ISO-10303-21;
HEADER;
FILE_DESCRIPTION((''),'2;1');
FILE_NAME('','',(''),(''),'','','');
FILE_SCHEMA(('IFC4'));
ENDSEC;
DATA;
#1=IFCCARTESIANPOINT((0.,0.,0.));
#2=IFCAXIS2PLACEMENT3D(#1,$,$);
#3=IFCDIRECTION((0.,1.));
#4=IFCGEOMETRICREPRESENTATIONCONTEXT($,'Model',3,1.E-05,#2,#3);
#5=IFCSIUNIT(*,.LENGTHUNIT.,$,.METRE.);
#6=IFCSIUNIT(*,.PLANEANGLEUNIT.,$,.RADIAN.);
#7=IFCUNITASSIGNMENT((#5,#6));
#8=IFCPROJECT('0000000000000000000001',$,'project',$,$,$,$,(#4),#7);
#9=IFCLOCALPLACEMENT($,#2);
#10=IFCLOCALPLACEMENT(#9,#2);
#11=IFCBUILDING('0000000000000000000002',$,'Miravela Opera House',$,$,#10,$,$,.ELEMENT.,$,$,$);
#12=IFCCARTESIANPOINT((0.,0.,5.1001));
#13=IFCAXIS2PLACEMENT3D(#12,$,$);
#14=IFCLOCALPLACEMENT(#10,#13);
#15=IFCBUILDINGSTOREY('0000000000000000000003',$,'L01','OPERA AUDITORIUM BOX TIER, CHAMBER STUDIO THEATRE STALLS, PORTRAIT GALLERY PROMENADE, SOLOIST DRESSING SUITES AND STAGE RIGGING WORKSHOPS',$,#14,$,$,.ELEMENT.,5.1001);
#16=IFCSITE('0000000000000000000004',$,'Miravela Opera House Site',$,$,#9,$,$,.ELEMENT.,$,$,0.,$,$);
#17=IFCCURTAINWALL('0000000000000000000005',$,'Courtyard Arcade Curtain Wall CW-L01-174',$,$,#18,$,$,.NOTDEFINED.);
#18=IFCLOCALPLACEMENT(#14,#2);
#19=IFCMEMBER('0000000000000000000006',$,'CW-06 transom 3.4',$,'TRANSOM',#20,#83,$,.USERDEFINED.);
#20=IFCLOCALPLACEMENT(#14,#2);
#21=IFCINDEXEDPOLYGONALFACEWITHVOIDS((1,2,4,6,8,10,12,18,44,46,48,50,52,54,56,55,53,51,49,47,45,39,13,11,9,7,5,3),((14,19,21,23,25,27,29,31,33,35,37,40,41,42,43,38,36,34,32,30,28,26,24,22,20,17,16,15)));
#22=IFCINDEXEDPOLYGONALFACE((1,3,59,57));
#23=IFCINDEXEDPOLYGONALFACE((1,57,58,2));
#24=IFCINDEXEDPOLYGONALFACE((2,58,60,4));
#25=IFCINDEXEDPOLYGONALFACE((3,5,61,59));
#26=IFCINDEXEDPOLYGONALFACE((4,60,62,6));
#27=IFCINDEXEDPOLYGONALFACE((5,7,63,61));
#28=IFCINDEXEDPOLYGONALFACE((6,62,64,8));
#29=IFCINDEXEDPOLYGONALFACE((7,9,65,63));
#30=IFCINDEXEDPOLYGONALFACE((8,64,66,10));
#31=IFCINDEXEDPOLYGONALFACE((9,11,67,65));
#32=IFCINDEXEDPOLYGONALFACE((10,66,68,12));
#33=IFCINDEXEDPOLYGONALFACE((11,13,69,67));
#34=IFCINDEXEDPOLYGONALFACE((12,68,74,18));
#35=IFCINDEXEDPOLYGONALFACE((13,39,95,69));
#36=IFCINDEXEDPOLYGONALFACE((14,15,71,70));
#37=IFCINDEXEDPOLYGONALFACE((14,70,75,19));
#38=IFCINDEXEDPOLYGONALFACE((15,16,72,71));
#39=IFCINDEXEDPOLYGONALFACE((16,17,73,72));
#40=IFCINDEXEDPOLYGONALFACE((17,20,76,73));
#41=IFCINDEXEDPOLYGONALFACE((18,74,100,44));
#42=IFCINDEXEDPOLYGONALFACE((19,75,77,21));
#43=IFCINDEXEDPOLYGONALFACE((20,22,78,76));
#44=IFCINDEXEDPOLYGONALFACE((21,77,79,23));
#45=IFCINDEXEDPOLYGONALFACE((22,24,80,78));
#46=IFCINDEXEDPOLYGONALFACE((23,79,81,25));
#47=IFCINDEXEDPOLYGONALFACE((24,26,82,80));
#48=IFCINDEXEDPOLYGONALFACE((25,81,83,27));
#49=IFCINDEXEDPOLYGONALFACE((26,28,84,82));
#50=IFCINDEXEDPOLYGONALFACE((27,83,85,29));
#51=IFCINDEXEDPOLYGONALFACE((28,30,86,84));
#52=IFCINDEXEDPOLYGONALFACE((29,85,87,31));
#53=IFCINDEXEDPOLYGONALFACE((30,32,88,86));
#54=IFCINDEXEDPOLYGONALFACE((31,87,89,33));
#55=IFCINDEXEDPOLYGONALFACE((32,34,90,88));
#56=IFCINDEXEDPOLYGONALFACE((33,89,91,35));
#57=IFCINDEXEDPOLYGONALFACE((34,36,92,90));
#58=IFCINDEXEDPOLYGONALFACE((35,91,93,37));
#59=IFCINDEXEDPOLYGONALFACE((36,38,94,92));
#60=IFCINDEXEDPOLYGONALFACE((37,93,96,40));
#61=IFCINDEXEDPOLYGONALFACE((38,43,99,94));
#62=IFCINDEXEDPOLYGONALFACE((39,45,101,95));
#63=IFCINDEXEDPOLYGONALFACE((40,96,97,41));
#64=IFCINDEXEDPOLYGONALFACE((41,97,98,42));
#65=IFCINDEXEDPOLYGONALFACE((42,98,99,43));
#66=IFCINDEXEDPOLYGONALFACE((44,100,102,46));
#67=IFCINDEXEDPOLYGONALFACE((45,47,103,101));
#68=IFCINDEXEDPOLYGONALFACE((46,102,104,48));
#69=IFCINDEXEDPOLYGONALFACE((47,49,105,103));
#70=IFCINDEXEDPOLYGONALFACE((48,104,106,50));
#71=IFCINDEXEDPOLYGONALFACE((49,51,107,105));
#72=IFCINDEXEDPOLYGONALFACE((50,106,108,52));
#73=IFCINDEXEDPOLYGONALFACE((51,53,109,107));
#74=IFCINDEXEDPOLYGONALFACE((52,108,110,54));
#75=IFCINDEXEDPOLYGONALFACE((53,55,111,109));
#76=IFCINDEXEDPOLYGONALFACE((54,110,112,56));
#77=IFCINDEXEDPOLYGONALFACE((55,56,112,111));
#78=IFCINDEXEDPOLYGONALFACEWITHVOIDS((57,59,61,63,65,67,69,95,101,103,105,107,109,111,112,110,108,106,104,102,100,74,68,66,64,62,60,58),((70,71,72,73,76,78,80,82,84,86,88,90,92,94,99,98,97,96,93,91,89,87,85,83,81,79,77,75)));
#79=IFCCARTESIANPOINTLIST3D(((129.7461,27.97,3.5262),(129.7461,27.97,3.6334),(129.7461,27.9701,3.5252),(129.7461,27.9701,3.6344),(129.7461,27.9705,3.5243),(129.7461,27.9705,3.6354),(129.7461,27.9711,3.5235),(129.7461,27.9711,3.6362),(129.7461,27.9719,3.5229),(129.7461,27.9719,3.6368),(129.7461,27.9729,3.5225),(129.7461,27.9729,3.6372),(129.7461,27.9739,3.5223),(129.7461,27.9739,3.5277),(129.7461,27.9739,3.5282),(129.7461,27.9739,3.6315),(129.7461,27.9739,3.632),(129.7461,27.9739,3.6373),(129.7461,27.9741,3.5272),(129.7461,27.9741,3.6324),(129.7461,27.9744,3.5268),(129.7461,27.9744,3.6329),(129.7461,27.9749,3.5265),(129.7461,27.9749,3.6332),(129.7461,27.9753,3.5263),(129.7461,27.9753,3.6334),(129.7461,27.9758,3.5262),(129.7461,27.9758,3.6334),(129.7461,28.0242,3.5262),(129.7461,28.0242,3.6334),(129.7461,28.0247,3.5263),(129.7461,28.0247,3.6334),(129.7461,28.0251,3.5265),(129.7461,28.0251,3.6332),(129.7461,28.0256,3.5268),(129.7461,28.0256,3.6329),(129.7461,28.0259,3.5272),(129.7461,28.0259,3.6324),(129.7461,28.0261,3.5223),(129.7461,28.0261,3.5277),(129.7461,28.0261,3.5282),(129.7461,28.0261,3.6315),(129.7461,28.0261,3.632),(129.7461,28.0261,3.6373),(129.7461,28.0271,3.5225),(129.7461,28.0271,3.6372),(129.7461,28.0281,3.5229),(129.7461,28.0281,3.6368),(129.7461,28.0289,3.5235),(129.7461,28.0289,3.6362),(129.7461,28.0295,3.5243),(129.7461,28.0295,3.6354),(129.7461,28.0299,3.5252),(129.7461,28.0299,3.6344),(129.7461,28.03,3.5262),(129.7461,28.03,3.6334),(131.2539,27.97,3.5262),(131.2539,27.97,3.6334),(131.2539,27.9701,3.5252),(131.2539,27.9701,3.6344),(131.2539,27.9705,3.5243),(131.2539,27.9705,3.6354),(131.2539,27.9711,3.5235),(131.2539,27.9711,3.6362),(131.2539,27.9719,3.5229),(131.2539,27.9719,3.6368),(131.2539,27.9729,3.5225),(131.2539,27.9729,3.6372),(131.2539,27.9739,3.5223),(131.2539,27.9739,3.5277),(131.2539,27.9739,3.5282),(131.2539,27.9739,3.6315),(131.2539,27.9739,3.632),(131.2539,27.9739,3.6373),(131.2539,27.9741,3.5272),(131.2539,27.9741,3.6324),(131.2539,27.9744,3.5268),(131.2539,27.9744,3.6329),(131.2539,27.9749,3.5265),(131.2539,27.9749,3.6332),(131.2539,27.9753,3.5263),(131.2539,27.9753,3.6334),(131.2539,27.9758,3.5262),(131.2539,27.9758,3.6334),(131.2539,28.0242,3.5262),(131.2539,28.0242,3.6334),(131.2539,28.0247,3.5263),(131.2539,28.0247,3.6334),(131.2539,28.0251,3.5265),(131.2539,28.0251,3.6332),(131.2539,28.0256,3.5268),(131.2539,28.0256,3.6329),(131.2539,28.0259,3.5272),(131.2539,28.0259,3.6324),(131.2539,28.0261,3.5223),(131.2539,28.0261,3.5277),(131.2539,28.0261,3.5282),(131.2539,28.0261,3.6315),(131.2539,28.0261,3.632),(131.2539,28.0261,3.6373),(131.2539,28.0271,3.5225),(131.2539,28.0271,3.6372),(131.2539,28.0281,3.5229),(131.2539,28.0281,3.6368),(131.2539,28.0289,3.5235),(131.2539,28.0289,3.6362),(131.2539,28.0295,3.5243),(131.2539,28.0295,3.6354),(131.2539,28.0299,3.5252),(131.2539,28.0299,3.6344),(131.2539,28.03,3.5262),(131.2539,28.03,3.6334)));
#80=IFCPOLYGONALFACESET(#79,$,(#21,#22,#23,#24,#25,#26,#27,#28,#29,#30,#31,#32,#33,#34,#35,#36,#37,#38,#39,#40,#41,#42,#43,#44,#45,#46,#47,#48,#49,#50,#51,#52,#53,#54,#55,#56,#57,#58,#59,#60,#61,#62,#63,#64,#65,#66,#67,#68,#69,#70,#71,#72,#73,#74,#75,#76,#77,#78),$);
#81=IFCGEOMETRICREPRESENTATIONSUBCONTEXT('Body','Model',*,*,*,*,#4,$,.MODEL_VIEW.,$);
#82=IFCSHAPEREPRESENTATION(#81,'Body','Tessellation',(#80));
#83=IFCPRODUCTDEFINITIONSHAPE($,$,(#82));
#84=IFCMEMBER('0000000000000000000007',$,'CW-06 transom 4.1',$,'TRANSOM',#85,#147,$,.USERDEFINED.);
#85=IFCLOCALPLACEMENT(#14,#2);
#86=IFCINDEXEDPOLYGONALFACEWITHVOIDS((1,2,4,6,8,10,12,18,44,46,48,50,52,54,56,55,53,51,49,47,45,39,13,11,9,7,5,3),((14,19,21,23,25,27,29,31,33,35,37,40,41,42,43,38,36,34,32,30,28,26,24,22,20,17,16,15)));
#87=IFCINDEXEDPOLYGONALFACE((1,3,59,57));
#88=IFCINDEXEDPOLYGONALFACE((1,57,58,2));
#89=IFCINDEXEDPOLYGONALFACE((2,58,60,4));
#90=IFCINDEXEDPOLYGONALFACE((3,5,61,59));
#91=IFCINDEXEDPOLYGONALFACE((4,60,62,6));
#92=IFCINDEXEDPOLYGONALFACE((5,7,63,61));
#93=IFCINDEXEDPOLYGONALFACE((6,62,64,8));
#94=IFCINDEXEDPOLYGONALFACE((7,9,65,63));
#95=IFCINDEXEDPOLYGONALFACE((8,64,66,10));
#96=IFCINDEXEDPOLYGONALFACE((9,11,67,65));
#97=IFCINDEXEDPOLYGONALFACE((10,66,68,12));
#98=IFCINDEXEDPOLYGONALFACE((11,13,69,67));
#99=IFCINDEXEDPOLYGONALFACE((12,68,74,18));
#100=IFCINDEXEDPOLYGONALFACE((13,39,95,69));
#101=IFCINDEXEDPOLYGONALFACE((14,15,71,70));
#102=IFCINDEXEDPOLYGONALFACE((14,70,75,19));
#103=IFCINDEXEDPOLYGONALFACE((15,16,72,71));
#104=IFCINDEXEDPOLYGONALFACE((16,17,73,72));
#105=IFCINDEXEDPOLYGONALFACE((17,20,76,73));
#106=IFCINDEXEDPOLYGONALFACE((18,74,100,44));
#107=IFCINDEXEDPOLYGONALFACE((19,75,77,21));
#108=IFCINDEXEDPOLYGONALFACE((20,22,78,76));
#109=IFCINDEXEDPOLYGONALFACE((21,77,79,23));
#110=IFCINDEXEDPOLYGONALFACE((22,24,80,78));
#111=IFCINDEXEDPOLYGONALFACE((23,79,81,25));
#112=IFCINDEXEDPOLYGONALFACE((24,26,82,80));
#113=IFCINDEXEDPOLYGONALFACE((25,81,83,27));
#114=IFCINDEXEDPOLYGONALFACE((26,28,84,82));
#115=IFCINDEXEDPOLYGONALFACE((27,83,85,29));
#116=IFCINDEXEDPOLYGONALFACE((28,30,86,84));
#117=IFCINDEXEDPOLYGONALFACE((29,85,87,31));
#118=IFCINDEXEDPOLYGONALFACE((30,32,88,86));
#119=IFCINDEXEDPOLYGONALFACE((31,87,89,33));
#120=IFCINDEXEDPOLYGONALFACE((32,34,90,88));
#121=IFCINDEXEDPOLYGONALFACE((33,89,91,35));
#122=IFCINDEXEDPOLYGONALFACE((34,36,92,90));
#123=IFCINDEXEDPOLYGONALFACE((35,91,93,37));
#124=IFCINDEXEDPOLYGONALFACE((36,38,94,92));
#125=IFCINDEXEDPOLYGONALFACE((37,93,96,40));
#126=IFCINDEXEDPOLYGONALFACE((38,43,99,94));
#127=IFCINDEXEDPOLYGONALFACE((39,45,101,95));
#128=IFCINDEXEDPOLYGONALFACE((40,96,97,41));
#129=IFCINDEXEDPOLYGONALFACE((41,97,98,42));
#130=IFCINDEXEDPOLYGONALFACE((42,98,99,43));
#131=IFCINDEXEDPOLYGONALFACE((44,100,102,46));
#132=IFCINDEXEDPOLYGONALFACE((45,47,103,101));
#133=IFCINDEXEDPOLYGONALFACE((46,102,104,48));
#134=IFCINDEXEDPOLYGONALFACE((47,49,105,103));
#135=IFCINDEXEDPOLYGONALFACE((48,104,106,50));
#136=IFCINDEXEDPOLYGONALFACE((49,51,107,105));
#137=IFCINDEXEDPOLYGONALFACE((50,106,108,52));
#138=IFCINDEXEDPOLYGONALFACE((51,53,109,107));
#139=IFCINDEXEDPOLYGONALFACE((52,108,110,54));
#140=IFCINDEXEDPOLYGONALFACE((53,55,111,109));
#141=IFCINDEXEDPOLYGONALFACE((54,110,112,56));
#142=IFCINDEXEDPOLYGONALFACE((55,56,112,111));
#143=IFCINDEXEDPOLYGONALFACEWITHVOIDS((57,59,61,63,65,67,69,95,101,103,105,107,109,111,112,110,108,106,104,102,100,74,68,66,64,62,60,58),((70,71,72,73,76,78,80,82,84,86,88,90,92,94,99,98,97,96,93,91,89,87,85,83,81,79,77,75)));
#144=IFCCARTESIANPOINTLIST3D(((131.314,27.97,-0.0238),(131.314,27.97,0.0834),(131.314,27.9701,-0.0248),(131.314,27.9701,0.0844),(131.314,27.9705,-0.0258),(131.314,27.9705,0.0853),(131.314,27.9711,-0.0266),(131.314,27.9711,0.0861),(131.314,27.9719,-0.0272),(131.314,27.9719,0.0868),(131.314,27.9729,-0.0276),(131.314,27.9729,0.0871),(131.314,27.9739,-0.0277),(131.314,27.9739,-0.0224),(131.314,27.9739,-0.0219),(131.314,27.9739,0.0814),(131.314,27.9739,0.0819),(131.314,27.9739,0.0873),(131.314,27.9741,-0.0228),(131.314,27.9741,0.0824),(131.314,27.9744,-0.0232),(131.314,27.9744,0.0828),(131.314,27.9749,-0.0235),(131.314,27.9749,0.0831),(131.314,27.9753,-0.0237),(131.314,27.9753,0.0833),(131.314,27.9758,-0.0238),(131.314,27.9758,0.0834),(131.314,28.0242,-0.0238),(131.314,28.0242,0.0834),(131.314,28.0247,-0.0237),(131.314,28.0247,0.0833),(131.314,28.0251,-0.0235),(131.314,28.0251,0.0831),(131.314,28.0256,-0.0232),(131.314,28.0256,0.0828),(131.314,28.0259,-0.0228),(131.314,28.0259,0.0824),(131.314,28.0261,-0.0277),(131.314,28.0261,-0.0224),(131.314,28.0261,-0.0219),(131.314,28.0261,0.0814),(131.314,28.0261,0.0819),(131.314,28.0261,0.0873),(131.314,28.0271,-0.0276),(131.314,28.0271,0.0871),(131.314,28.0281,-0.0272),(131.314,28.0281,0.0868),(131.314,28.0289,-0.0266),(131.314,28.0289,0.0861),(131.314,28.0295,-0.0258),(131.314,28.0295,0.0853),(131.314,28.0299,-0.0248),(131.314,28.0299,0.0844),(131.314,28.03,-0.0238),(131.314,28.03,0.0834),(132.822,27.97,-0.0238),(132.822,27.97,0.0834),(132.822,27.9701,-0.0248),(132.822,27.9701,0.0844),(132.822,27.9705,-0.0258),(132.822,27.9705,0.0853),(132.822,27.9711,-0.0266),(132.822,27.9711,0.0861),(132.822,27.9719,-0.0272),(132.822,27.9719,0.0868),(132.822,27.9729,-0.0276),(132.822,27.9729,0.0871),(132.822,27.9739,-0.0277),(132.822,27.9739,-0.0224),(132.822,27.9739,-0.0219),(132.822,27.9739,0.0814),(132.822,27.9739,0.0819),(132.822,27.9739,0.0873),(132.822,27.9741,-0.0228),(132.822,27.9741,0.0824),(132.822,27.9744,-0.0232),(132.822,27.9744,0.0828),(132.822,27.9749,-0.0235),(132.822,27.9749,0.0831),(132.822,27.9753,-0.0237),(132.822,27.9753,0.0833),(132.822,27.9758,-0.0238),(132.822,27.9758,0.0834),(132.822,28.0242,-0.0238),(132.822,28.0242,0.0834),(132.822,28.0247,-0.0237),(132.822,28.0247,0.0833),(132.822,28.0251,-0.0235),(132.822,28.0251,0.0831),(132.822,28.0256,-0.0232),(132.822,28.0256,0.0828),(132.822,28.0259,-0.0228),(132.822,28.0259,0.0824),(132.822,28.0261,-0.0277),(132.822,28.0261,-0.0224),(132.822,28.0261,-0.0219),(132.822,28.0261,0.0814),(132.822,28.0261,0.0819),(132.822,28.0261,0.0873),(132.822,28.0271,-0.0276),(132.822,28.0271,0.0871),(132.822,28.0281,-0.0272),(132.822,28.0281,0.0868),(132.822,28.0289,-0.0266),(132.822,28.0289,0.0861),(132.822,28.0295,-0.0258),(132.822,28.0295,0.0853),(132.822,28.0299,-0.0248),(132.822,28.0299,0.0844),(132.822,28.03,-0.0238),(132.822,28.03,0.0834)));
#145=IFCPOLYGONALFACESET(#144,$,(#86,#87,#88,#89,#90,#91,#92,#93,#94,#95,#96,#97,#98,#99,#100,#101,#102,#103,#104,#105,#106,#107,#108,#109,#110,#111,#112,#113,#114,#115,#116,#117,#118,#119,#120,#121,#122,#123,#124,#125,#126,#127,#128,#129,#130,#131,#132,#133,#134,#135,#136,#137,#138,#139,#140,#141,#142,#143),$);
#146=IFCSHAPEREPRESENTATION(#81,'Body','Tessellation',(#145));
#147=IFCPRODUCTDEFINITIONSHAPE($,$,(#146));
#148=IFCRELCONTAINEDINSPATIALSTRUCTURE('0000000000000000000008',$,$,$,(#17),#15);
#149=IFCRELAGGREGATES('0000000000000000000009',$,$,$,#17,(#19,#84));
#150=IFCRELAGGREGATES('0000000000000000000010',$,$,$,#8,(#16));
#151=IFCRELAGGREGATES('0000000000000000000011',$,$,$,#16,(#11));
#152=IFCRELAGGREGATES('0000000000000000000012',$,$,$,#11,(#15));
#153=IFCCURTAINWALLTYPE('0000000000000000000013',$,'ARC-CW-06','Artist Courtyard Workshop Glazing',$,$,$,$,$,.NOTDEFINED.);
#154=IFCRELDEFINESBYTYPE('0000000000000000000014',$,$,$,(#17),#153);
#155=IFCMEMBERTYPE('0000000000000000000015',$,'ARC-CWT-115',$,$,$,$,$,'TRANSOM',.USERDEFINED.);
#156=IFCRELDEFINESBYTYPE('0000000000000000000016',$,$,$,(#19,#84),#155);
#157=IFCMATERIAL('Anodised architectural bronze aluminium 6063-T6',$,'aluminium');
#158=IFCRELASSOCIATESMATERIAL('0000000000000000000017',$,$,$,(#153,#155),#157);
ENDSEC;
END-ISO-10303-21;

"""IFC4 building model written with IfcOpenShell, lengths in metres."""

from ifc_helpers import new_model, si_unit, direction, frame, origin, origin_2d, place, context, subcontext, project, spatial, hollow_rectangle, extrude, material, material_profile, profile_set, type_object, element, aggregate, save


model = new_model("IFC4")

# Units and contexts
model_context = context("Model", 3, precision=1e-05, world=origin(), true_north=direction((0.0, 1.0)))
body_context = subcontext(model_context, "Body", "Model", "MODEL_VIEW")
ifc_project = project(units=[si_unit("LENGTHUNIT", "METRE"), si_unit("PLANEANGLEUNIT", "RADIAN")], contexts=[model_context])

# Site, building, storey
site_placement = place(None, origin())
site = spatial("IfcSite", under=ifc_project, at=site_placement, Name="Miravela Opera House Site", CompositionType="ELEMENT", RefElevation=0.0)
building_placement = place(site_placement, origin())
building = spatial("IfcBuilding", under=site, at=building_placement, Name="Miravela Opera House", CompositionType="ELEMENT")
storey_placement = place(building_placement, frame((0.0, 0.0, 5.1001)))
storey = spatial("IfcBuildingStorey", under=building, at=storey_placement, Name="L01", Description="OPERA AUDITORIUM BOX TIER, CHAMBER STUDIO THEATRE STALLS, PORTRAIT GALLERY PROMENADE, SOLOIST DRESSING SUITES AND STAGE RIGGING WORKSHOPS", CompositionType="ELEMENT", Elevation=5.1001)

# Curtain wall, members
ifc_material_1 = material(Name="Anodised architectural bronze aluminium 6063-T6", Category="aluminium")
curtain_wall_type = type_object("IfcCurtainWallType", Name="ARC-CW-06", Description="Artist Courtyard Workshop Glazing", PredefinedType="NOTDEFINED", material=ifc_material_1)
curtain_wall_placement = place(storey_placement, origin())
curtain_wall = element("IfcCurtainWall", 1, at=curtain_wall_placement, inside=storey, type_object=curtain_wall_type, Name="Courtyard Arcade Curtain Wall CW-L01-174", PredefinedType="NOTDEFINED")
ifc_material_profile_1 = material_profile(ifc_material_1, hollow_rectangle(XDim=0.0601, YDim=0.115, WallThickness=0.0039, InnerFilletRadius=0.002, OuterFilletRadius=0.0039, at=origin_2d()), Name="CWT-60X115")
ifc_profile_set_1 = profile_set([ifc_material_profile_1])
member_type_1 = type_object("IfcMemberType", Name="ARC-CWT-115", ElementType="TRANSOM", PredefinedType="USERDEFINED", material=ifc_profile_set_1)
member_1_placement = place(storey_placement, frame((129.7461, 28.0, 3.5798), z_axis=(1.0, 0.0, 0.0), x_axis=(0.0, 1.0, 0.0)))
member_1 = element("IfcMember", 2, at=member_1_placement, type_object=member_type_1, Name="CW-06 transom 3.4", ObjectType="TRANSOM", PredefinedType="USERDEFINED", context=body_context, shape_type="SweptSolid", body=[
    extrude(hollow_rectangle(XDim=0.0601, YDim=0.115, WallThickness=0.0039, InnerFilletRadius=0.002, OuterFilletRadius=0.0039, at=origin_2d()), origin(), (0.0, 0.0, 1.0), 1.5078),
])
member_2_placement = place(storey_placement, frame((131.314, 28.0, 0.0298), z_axis=(1.0, 0.0, 0.0), x_axis=(0.0, 1.0, 0.0)))
member_2 = element("IfcMember", 3, at=member_2_placement, type_object=member_type_1, Name="CW-06 transom 4.1", ObjectType="TRANSOM", PredefinedType="USERDEFINED", context=body_context, shape_type="SweptSolid", body=[
    extrude(hollow_rectangle(XDim=0.0601, YDim=0.115, WallThickness=0.0039, InnerFilletRadius=0.002, OuterFilletRadius=0.0039, at=origin_2d()), origin(), (0.0, 0.0, 1.0), 1.5081),
])
aggregate(curtain_wall, [member_1, member_2])

save(model, "model.ifc")
